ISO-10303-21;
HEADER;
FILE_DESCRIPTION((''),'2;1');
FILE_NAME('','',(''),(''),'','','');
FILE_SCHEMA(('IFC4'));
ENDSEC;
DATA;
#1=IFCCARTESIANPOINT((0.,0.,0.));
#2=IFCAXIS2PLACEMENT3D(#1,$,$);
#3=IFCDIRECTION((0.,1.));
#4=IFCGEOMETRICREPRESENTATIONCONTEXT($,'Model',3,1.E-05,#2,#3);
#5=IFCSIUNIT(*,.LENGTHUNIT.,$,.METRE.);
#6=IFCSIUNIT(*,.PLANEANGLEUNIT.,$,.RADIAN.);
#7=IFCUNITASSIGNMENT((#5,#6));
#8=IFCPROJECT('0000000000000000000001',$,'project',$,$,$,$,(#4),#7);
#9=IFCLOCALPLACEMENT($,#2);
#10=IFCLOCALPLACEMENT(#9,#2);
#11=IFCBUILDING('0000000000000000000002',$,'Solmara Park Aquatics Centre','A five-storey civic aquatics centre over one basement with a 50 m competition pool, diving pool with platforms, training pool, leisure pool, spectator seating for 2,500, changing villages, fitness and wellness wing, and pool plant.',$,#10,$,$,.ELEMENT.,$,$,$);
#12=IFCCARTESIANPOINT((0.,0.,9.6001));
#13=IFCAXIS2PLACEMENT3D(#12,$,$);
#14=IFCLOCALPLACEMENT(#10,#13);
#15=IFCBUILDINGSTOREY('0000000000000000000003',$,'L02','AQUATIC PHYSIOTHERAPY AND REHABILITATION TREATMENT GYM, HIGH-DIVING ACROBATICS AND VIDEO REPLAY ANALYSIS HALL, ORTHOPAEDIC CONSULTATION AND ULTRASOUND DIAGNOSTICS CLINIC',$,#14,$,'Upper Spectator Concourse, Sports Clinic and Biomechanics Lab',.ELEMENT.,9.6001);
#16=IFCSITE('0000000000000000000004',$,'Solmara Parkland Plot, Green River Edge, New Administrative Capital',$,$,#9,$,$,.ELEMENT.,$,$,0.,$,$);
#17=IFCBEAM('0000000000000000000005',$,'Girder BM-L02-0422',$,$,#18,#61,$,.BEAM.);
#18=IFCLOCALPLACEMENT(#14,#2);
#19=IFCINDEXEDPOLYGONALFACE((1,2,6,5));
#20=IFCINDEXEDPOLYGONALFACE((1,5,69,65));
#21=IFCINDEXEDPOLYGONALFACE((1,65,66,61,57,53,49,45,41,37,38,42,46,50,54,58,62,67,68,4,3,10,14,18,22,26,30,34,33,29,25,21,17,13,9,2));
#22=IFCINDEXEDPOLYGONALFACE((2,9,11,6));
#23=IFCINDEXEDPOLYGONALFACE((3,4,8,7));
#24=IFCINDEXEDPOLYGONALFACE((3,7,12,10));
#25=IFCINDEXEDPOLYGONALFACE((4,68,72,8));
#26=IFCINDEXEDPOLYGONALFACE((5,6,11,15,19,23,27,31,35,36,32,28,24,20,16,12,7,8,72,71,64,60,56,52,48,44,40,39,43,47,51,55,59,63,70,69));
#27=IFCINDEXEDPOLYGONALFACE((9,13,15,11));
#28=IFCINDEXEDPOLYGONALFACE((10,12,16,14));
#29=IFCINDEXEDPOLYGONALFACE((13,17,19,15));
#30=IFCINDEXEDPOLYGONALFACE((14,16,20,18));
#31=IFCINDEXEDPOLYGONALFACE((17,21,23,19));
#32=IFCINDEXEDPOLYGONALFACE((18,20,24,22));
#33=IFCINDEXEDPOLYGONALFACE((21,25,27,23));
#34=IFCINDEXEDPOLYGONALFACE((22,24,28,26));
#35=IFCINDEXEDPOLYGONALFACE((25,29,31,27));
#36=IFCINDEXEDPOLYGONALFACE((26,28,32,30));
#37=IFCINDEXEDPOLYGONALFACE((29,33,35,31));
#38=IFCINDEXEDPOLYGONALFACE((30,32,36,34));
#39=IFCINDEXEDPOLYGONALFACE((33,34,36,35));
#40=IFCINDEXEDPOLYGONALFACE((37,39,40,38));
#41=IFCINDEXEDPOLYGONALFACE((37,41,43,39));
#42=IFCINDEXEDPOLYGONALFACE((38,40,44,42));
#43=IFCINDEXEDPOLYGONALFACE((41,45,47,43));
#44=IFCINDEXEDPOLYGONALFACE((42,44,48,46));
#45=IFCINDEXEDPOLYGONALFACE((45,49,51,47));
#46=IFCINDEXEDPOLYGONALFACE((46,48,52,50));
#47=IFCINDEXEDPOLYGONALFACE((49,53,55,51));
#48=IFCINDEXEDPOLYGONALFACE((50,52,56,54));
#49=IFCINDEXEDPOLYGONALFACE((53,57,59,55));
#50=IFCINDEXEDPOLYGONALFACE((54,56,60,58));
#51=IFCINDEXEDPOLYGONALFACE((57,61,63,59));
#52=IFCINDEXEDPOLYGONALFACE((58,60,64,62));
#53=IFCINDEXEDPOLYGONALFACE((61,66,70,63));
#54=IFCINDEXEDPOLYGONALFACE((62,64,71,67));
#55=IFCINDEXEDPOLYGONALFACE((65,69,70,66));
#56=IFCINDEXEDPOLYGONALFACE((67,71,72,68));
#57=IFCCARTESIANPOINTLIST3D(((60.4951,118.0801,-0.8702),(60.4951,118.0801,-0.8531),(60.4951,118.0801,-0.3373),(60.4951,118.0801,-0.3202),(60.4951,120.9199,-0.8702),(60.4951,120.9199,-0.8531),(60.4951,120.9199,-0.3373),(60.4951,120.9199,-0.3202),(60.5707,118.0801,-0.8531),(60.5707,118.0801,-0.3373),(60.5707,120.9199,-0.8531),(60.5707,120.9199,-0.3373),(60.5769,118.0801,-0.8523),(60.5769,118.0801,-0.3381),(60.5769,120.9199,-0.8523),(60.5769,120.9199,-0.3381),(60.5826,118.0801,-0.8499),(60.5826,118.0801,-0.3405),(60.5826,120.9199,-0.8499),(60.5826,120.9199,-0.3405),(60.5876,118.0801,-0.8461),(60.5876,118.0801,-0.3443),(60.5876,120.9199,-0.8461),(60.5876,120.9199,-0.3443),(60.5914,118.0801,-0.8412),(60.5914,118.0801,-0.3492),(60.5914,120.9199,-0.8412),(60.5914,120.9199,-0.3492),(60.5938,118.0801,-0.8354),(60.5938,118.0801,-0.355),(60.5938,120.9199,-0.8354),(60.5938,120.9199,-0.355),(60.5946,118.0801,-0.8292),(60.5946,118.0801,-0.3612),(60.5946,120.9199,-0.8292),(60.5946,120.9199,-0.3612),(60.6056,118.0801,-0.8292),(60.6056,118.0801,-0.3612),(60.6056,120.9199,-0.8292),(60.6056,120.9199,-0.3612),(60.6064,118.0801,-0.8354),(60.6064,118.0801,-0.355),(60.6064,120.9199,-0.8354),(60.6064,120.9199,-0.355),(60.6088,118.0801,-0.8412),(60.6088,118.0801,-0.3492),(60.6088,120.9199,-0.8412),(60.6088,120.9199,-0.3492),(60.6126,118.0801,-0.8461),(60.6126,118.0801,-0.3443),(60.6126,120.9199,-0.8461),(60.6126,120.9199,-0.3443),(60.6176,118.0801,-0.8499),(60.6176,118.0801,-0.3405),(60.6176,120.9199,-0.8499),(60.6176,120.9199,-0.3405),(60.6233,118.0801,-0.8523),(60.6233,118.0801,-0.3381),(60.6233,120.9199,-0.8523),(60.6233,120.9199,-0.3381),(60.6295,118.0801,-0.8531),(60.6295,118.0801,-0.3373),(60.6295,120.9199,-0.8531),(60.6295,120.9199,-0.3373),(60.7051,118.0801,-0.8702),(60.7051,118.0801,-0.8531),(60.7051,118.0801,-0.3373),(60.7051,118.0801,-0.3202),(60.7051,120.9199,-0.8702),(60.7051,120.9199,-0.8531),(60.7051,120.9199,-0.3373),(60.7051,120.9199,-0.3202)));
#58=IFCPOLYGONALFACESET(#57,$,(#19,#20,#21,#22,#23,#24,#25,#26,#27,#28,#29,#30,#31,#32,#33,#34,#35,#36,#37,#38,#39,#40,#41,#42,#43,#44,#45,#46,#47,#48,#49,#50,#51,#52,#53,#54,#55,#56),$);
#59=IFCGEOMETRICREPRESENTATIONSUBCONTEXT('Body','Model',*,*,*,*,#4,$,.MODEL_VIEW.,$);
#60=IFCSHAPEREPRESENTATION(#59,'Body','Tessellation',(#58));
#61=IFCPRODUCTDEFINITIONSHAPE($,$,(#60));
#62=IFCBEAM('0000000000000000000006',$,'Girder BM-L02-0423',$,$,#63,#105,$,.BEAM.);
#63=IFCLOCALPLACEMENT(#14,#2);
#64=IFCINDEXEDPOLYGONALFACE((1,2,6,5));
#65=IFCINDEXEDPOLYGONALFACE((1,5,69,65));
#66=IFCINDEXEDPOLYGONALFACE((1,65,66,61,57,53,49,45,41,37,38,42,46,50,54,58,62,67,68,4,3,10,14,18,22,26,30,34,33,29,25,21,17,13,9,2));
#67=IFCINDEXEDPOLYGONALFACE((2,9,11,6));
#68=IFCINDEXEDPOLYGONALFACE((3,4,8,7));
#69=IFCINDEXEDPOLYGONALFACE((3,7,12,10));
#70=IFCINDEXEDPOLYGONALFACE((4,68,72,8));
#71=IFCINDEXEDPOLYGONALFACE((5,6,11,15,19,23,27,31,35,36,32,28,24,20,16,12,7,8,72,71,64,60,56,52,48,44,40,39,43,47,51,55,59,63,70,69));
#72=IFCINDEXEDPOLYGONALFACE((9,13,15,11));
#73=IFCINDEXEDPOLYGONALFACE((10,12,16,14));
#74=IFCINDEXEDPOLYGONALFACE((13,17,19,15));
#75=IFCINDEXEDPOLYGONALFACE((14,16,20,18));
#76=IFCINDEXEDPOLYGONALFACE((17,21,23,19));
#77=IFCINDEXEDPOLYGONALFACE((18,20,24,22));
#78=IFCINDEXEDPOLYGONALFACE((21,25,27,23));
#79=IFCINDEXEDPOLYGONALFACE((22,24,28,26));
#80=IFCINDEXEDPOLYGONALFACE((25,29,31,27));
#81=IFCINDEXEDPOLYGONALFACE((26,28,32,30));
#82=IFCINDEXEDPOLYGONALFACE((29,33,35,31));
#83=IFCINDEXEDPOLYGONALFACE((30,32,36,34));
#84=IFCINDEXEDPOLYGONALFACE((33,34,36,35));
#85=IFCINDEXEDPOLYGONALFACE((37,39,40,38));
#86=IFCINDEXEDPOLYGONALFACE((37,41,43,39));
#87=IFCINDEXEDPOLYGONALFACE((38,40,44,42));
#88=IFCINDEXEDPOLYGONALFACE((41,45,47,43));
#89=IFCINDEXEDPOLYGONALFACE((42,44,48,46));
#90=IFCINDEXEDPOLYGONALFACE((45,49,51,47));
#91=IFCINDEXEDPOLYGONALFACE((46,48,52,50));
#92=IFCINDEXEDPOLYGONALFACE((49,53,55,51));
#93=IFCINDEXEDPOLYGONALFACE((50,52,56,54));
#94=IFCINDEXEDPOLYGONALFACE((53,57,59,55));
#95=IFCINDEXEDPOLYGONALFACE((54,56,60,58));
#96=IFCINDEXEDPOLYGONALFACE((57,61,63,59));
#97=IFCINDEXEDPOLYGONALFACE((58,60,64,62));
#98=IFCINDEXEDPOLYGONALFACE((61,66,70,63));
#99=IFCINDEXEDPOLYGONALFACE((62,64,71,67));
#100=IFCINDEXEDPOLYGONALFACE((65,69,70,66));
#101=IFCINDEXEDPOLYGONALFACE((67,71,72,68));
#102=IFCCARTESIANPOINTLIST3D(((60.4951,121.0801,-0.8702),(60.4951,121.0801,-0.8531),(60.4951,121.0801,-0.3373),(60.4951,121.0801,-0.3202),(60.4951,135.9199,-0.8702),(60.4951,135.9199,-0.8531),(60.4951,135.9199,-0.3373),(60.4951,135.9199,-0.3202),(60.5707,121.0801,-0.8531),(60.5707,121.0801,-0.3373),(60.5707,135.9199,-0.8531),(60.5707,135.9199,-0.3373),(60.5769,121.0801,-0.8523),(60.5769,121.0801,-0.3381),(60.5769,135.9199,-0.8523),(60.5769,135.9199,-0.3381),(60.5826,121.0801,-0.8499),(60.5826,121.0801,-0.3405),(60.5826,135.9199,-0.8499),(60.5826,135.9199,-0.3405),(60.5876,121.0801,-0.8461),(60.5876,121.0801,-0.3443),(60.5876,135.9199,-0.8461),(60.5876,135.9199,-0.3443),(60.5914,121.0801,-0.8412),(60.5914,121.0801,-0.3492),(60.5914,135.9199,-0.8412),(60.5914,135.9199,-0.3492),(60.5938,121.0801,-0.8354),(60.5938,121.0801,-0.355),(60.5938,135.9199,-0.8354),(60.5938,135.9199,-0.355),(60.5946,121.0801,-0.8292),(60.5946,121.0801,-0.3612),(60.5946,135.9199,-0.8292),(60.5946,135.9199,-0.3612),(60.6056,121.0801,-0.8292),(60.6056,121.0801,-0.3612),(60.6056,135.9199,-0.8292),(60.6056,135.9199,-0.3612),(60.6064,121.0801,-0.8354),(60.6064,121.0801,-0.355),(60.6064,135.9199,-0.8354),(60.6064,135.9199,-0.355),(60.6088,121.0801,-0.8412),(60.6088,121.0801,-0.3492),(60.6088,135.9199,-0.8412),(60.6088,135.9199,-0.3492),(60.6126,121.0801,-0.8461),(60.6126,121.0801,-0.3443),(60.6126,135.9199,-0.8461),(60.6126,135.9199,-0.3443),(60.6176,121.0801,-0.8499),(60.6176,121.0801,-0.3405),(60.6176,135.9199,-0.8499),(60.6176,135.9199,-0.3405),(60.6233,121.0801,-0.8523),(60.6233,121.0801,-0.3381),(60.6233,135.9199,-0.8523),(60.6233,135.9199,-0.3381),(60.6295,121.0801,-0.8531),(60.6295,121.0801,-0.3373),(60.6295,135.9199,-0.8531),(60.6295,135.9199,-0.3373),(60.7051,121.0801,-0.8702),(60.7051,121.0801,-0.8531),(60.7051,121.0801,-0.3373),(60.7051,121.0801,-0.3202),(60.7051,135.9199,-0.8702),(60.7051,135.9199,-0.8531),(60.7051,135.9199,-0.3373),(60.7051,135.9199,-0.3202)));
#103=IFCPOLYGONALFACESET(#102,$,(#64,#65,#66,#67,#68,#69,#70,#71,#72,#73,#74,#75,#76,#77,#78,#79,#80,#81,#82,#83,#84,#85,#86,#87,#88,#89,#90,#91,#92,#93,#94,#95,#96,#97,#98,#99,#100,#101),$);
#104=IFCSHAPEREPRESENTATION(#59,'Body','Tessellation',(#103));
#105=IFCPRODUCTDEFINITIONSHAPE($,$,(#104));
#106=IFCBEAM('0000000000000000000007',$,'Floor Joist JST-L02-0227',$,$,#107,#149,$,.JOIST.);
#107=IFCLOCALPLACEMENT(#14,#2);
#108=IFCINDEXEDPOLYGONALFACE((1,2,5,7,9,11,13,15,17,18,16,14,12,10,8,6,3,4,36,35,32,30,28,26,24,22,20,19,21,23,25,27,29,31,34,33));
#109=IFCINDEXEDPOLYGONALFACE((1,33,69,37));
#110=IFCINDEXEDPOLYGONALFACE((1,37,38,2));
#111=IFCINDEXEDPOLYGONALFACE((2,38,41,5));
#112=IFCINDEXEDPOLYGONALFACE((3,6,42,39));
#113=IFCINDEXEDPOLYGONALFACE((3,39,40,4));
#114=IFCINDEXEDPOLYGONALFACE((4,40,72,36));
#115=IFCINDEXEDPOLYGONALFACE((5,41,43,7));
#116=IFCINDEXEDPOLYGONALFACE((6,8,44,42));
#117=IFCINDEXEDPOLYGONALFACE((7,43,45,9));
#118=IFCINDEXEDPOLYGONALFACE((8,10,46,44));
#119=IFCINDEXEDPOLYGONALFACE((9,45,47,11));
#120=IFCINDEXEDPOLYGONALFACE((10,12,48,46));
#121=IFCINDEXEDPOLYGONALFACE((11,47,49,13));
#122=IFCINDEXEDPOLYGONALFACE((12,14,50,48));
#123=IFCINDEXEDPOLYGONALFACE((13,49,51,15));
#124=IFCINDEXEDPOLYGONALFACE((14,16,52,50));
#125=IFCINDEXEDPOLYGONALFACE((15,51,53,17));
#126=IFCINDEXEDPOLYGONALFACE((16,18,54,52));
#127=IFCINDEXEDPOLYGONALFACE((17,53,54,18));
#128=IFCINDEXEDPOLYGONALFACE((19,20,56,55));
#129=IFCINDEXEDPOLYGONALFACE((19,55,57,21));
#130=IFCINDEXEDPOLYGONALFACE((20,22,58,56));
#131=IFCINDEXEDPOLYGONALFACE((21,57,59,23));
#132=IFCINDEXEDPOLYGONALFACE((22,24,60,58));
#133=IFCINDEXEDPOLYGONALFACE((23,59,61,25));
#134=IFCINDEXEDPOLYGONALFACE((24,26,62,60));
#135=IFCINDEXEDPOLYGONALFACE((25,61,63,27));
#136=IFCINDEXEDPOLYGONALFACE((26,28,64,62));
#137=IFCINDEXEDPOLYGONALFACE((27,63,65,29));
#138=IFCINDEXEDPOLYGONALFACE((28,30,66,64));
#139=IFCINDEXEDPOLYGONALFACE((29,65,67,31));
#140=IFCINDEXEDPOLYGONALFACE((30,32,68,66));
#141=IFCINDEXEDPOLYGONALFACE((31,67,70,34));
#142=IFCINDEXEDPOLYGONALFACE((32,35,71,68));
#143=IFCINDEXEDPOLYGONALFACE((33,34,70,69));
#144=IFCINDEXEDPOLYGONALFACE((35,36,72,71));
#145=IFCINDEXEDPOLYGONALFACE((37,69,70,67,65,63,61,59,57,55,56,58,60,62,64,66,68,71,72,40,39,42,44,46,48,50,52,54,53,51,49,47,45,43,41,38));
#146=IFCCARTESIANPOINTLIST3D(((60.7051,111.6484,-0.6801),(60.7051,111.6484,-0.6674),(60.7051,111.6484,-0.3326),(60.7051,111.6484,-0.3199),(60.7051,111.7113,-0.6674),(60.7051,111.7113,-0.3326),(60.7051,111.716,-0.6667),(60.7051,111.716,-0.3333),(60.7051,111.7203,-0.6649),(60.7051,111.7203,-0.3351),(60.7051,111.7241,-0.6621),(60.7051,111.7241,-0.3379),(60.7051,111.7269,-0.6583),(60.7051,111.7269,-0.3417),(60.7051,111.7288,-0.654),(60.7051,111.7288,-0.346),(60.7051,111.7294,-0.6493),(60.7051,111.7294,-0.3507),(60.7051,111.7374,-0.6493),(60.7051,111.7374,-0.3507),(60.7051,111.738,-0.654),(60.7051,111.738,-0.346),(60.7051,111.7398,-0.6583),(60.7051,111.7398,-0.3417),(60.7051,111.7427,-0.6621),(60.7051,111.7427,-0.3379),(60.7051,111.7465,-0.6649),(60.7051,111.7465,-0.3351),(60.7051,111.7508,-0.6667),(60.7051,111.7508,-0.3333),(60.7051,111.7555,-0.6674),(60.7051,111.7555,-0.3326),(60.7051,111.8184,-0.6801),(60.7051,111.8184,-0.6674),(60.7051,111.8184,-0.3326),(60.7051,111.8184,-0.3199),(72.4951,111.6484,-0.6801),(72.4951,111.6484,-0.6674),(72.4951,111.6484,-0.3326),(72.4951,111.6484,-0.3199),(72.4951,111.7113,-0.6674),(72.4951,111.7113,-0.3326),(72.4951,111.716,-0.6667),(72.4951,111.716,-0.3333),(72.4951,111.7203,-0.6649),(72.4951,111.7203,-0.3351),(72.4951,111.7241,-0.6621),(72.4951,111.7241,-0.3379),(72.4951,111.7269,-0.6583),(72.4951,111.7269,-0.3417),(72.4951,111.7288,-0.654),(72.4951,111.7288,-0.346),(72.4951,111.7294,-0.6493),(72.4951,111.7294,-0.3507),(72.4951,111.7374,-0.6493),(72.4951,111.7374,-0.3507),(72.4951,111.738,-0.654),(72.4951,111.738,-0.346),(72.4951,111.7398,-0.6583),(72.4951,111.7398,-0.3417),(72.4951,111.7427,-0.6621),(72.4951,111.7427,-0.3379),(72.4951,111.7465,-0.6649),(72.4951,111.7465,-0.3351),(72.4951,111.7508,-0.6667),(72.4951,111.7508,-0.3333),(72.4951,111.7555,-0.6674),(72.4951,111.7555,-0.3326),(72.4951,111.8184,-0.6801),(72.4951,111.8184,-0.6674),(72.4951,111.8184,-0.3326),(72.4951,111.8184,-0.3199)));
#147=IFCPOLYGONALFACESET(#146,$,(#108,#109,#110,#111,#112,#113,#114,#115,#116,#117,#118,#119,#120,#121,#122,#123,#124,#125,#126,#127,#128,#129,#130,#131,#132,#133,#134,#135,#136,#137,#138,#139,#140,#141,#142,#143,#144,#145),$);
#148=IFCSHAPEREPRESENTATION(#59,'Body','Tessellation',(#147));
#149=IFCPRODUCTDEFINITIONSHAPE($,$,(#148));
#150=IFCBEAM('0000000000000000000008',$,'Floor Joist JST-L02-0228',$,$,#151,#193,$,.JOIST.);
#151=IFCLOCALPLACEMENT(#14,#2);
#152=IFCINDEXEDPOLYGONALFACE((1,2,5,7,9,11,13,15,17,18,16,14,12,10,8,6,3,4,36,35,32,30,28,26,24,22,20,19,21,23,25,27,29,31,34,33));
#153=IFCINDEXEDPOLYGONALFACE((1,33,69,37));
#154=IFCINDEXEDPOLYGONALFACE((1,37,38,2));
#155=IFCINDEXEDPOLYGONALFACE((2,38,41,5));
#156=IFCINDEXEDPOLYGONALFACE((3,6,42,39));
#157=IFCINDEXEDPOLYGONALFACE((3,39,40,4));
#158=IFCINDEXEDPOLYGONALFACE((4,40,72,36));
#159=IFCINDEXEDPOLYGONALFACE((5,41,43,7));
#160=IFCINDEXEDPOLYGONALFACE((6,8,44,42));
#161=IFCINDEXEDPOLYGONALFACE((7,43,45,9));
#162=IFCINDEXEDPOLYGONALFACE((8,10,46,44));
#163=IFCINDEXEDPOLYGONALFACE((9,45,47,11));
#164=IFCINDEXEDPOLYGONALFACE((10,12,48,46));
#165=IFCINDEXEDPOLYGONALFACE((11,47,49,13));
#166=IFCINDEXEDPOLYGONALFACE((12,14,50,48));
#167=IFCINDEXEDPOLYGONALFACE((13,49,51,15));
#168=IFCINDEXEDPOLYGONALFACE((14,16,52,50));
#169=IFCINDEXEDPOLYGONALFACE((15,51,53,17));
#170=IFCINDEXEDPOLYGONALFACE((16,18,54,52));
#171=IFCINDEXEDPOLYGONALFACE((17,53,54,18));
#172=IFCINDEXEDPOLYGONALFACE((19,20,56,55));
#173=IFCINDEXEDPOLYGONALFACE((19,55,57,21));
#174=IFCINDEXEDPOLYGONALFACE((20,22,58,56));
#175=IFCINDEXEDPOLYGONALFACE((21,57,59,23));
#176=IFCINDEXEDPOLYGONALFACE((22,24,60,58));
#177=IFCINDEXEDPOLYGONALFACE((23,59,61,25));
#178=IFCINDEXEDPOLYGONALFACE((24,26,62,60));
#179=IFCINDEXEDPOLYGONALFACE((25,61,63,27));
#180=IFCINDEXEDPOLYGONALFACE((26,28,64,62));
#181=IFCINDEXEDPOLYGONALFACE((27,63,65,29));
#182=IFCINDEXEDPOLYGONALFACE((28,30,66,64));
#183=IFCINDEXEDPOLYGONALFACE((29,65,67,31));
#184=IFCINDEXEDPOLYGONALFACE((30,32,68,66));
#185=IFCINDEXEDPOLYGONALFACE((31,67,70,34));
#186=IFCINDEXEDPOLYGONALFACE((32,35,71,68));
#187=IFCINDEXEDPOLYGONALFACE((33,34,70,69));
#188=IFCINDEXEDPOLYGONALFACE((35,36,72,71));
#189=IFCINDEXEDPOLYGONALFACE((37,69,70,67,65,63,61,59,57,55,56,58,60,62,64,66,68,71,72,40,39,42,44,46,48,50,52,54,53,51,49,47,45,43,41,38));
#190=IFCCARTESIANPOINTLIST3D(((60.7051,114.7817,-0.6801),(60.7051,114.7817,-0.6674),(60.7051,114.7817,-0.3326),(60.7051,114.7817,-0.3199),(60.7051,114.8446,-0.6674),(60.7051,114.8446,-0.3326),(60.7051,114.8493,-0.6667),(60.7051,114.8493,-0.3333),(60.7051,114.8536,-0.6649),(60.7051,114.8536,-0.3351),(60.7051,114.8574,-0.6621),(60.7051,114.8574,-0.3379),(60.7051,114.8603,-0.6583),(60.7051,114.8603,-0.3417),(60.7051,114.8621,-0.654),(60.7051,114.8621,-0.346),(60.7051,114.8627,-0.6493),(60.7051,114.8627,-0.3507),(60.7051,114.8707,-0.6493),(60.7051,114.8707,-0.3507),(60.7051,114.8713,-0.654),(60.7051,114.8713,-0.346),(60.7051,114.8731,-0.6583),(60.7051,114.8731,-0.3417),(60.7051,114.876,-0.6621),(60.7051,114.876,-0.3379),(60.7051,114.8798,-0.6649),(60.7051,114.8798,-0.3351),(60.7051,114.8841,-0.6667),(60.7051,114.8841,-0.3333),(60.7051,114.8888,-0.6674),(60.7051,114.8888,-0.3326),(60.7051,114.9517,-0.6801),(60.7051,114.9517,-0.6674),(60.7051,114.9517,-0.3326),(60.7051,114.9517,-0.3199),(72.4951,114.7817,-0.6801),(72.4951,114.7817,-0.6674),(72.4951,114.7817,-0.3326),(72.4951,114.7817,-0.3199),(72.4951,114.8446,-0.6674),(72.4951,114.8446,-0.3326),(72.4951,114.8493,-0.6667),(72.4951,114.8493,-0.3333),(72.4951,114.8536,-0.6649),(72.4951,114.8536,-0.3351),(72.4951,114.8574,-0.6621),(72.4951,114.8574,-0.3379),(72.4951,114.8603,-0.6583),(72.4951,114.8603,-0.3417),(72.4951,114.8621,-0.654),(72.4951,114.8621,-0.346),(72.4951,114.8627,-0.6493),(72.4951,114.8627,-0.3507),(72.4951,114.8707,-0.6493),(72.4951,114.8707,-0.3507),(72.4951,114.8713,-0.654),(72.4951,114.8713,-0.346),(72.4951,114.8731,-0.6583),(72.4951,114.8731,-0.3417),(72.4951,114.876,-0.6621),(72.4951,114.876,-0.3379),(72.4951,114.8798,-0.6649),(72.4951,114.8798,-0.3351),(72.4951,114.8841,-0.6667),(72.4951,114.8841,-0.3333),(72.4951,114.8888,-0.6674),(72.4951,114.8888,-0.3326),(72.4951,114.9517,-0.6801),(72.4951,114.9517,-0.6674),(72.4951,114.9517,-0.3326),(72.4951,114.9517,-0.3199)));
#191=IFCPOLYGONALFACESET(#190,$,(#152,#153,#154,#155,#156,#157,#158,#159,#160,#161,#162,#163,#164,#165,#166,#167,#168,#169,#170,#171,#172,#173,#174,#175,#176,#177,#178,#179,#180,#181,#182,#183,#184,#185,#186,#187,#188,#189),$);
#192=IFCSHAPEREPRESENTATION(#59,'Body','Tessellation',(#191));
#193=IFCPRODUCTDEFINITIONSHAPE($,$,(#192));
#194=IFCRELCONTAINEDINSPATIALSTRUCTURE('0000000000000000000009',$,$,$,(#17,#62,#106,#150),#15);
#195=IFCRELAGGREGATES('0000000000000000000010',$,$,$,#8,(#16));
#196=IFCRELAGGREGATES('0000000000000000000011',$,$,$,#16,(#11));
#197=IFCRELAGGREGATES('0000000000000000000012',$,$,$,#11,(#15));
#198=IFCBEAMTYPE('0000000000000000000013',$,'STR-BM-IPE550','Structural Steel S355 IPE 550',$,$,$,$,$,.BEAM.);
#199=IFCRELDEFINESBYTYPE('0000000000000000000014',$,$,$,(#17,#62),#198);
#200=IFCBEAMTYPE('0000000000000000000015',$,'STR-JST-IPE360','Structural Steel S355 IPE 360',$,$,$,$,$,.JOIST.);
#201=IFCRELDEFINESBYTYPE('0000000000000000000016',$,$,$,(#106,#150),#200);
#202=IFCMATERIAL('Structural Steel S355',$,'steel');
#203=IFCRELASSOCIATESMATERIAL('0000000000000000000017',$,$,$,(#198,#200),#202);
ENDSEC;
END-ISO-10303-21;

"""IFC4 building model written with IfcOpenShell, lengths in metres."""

from ifc_helpers import new_model, si_unit, direction, frame, origin, origin_2d, place, context, subcontext, project, spatial, i_section, extrude, material, material_profile, profile_set, type_object, element, save


model = new_model("IFC4")

# Units and contexts
model_context = context("Model", 3, precision=1e-05, world=origin(), true_north=direction((0.0, 1.0)))
body_context = subcontext(model_context, "Body", "Model", "MODEL_VIEW")
ifc_project = project(units=[si_unit("LENGTHUNIT", "METRE"), si_unit("PLANEANGLEUNIT", "RADIAN")], contexts=[model_context])

# Site, building, storey
site_placement = place(None, origin())
site = spatial("IfcSite", under=ifc_project, at=site_placement, Name="Solmara Parkland Plot, Green River Edge, New Administrative Capital", CompositionType="ELEMENT", RefElevation=0.0)
building_placement = place(site_placement, origin())
building = spatial("IfcBuilding", under=site, at=building_placement, Name="Solmara Park Aquatics Centre", Description="A five-storey civic aquatics centre over one basement with a 50 m competition pool, diving pool with platforms, training pool, leisure pool, spectator seating for 2,500, changing villages, fitness and wellness wing, and pool plant.", CompositionType="ELEMENT")
storey_placement = place(building_placement, frame((0.0, 0.0, 9.6001)))
storey = spatial("IfcBuildingStorey", under=building, at=storey_placement, Name="L02", Description="AQUATIC PHYSIOTHERAPY AND REHABILITATION TREATMENT GYM, HIGH-DIVING ACROBATICS AND VIDEO REPLAY ANALYSIS HALL, ORTHOPAEDIC CONSULTATION AND ULTRASOUND DIAGNOSTICS CLINIC", LongName="Upper Spectator Concourse, Sports Clinic and Biomechanics Lab", CompositionType="ELEMENT", Elevation=9.6001)

# Shared definitions
ifc_material_1 = material(Name="Structural Steel S355", Category="steel")

# Beams
ifc_material_profile_1 = material_profile(ifc_material_1, i_section(OverallWidth=0.21, OverallDepth=0.55, WebThickness=0.011, FlangeThickness=0.0171, FilletRadius=0.0239, at=origin_2d()), Name="IPE 550")
ifc_profile_set_1 = profile_set([ifc_material_profile_1], Name="Structural Steel S355")
beam_type_1 = type_object("IfcBeamType", Name="STR-BM-IPE550", Description="Structural Steel S355 IPE 550", PredefinedType="BEAM", material=ifc_profile_set_1)
beam_1_placement = place(storey_placement, frame((60.6001, 118.0801, -0.5952), z_axis=(0.0, 1.0, 0.0), x_axis=(-1.0, 0.0, 0.0)))
element("IfcBeam", 1, at=beam_1_placement, inside=storey, type_object=beam_type_1, Name="Girder BM-L02-0422", PredefinedType="BEAM", context=body_context, shape_type="SweptSolid", body=[
    extrude(i_section(OverallWidth=0.21, OverallDepth=0.55, WebThickness=0.011, FlangeThickness=0.0171, FilletRadius=0.0239, at=origin_2d()), origin(), (0.0, 0.0, 1.0), 2.8398),
])
beam_2_placement = place(storey_placement, frame((60.6001, 121.0801, -0.5952), z_axis=(0.0, 1.0, 0.0), x_axis=(-1.0, 0.0, 0.0)))
element("IfcBeam", 2, at=beam_2_placement, inside=storey, type_object=beam_type_1, Name="Girder BM-L02-0423", PredefinedType="BEAM", context=body_context, shape_type="SweptSolid", body=[
    extrude(i_section(OverallWidth=0.21, OverallDepth=0.55, WebThickness=0.011, FlangeThickness=0.0171, FilletRadius=0.0239, at=origin_2d()), origin(), (0.0, 0.0, 1.0), 14.8398),
])
ifc_material_profile_2 = material_profile(ifc_material_1, i_section(OverallWidth=0.1699, OverallDepth=0.3601, WebThickness=0.0081, FlangeThickness=0.0127, FilletRadius=0.0181, at=origin_2d()), Name="IPE 360")
ifc_profile_set_2 = profile_set([ifc_material_profile_2], Name="Structural Steel S355")
beam_type_2 = type_object("IfcBeamType", Name="STR-JST-IPE360", Description="Structural Steel S355 IPE 360", PredefinedType="JOIST", material=ifc_profile_set_2)
for number, where, z_axis, x_axis, name in (
    (3, (60.7051, 111.7334, -0.5), (1.0, 0.0, 0.0), (0.0, 1.0, 0.0), "Floor Joist JST-L02-0227"),
    (4, (60.7051, 114.8667, -0.5), (1.0, 0.0, 0.0), (0.0, 1.0, 0.0), "Floor Joist JST-L02-0228"),
):
    element("IfcBeam", number, at=place(storey_placement, frame(where, z_axis=z_axis, x_axis=x_axis)), inside=storey, type_object=beam_type_2, Name=name, PredefinedType="JOIST", context=body_context, shape_type="SweptSolid", body=[
        extrude(i_section(OverallWidth=0.1699, OverallDepth=0.3601, WebThickness=0.0081, FlangeThickness=0.0127, FilletRadius=0.0181, at=origin_2d()), origin(), (0.0, 0.0, 1.0), 11.79),
    ])

save(model, "model.ifc")
